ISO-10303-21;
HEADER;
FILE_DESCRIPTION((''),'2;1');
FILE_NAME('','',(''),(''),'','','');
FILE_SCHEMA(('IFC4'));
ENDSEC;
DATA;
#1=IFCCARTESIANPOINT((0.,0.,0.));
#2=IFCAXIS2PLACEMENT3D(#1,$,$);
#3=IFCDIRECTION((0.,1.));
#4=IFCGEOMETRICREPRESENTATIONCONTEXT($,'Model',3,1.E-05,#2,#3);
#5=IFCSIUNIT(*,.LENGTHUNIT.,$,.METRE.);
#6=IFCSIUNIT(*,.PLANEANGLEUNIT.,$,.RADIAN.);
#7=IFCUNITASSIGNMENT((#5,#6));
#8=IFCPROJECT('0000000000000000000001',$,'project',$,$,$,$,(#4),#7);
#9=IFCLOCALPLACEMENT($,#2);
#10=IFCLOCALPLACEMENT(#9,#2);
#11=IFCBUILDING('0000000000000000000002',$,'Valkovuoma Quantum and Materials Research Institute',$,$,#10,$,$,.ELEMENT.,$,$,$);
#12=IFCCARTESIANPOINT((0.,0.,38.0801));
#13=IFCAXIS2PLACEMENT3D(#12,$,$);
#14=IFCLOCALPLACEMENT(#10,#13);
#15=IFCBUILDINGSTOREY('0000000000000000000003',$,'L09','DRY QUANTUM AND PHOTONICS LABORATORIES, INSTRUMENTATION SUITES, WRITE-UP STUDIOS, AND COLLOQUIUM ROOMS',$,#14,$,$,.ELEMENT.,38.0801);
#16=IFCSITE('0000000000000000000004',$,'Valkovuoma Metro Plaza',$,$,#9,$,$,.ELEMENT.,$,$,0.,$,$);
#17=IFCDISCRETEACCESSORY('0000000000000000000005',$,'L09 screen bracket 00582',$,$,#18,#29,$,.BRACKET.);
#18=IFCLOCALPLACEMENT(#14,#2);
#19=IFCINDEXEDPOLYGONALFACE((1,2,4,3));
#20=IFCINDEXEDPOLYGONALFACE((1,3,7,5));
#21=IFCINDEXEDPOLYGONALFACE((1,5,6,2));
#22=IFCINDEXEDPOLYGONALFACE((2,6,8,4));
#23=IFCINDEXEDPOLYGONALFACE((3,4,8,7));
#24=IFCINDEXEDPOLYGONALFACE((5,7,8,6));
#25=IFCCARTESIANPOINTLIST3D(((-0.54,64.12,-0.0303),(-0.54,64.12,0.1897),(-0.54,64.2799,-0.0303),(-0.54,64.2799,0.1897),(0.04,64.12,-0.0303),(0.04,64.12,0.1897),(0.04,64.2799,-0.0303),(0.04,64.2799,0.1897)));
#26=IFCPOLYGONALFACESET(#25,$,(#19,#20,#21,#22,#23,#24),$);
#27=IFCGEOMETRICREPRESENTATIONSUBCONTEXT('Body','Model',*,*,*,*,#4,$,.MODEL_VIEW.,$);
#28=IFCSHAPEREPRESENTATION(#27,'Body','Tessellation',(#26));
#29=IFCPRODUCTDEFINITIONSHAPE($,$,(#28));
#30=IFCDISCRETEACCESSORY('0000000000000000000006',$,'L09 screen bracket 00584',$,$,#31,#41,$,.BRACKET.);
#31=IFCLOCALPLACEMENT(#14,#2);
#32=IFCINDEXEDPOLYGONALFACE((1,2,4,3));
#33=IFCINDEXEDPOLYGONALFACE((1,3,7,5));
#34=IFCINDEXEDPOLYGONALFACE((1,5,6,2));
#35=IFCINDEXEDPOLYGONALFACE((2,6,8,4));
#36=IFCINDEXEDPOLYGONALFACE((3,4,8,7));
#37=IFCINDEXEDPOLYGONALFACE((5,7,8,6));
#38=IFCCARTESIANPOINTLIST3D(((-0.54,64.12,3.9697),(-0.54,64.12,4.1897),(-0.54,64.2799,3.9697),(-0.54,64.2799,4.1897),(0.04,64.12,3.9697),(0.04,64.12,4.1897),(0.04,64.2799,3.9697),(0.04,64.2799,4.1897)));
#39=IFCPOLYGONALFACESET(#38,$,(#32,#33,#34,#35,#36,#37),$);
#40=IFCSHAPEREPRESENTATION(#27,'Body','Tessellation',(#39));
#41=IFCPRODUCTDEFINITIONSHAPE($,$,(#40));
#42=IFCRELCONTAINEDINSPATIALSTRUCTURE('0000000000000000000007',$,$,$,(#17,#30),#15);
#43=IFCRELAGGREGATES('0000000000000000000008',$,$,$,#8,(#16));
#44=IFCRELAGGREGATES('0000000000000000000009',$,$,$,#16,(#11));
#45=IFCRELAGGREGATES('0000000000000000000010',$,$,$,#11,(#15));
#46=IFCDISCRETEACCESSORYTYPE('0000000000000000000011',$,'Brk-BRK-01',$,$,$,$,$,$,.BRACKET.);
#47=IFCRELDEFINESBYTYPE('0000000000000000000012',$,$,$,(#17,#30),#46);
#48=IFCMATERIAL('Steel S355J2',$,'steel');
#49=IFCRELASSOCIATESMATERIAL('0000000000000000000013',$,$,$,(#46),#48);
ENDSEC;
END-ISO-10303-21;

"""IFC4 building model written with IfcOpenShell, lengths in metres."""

from ifc_helpers import new_model, si_unit, direction, frame, origin, origin_2d, place, context, subcontext, project, spatial, rectangle, extrude, material, type_object, element, save


model = new_model("IFC4")

# Units and contexts
model_context = context("Model", 3, precision=1e-05, world=origin(), true_north=direction((0.0, 1.0)))
body_context = subcontext(model_context, "Body", "Model", "MODEL_VIEW")
ifc_project = project(units=[si_unit("LENGTHUNIT", "METRE"), si_unit("PLANEANGLEUNIT", "RADIAN")], contexts=[model_context])

# Site, building, storey
site_placement = place(None, origin())
site = spatial("IfcSite", under=ifc_project, at=site_placement, Name="Valkovuoma Metro Plaza", CompositionType="ELEMENT", RefElevation=0.0)
building_placement = place(site_placement, origin())
building = spatial("IfcBuilding", under=site, at=building_placement, Name="Valkovuoma Quantum and Materials Research Institute", CompositionType="ELEMENT")
storey_placement = place(building_placement, frame((0.0, 0.0, 38.0801)))
storey = spatial("IfcBuildingStorey", under=building, at=storey_placement, Name="L09", Description="DRY QUANTUM AND PHOTONICS LABORATORIES, INSTRUMENTATION SUITES, WRITE-UP STUDIOS, AND COLLOQUIUM ROOMS", CompositionType="ELEMENT", Elevation=38.0801)

# Discrete accessories
ifc_material_1 = material(Name="Steel S355J2", Category="steel")
discrete_accessory_type = type_object("IfcDiscreteAccessoryType", Name="Brk-BRK-01", PredefinedType="BRACKET", material=ifc_material_1)
for number, where, z_axis, x_axis, name in (
    (1, (-0.25, 64.2, -0.0303), (0.0, 0.0, 1.0), (1.0, 0.0, 0.0), "L09 screen bracket 00582"),
    (2, (-0.25, 64.2, 3.9697), (0.0, 0.0, 1.0), (1.0, 0.0, 0.0), "L09 screen bracket 00584"),
):
    element("IfcDiscreteAccessory", number, at=place(storey_placement, frame(where, z_axis=z_axis, x_axis=x_axis)), inside=storey, type_object=discrete_accessory_type, Name=name, PredefinedType="BRACKET", context=body_context, shape_type="SweptSolid", body=[
        extrude(rectangle(XDim=0.5801, YDim=0.1599, at=origin_2d()), origin(), (0.0, 0.0, 1.0), 0.22),
    ])

save(model, "model.ifc")
